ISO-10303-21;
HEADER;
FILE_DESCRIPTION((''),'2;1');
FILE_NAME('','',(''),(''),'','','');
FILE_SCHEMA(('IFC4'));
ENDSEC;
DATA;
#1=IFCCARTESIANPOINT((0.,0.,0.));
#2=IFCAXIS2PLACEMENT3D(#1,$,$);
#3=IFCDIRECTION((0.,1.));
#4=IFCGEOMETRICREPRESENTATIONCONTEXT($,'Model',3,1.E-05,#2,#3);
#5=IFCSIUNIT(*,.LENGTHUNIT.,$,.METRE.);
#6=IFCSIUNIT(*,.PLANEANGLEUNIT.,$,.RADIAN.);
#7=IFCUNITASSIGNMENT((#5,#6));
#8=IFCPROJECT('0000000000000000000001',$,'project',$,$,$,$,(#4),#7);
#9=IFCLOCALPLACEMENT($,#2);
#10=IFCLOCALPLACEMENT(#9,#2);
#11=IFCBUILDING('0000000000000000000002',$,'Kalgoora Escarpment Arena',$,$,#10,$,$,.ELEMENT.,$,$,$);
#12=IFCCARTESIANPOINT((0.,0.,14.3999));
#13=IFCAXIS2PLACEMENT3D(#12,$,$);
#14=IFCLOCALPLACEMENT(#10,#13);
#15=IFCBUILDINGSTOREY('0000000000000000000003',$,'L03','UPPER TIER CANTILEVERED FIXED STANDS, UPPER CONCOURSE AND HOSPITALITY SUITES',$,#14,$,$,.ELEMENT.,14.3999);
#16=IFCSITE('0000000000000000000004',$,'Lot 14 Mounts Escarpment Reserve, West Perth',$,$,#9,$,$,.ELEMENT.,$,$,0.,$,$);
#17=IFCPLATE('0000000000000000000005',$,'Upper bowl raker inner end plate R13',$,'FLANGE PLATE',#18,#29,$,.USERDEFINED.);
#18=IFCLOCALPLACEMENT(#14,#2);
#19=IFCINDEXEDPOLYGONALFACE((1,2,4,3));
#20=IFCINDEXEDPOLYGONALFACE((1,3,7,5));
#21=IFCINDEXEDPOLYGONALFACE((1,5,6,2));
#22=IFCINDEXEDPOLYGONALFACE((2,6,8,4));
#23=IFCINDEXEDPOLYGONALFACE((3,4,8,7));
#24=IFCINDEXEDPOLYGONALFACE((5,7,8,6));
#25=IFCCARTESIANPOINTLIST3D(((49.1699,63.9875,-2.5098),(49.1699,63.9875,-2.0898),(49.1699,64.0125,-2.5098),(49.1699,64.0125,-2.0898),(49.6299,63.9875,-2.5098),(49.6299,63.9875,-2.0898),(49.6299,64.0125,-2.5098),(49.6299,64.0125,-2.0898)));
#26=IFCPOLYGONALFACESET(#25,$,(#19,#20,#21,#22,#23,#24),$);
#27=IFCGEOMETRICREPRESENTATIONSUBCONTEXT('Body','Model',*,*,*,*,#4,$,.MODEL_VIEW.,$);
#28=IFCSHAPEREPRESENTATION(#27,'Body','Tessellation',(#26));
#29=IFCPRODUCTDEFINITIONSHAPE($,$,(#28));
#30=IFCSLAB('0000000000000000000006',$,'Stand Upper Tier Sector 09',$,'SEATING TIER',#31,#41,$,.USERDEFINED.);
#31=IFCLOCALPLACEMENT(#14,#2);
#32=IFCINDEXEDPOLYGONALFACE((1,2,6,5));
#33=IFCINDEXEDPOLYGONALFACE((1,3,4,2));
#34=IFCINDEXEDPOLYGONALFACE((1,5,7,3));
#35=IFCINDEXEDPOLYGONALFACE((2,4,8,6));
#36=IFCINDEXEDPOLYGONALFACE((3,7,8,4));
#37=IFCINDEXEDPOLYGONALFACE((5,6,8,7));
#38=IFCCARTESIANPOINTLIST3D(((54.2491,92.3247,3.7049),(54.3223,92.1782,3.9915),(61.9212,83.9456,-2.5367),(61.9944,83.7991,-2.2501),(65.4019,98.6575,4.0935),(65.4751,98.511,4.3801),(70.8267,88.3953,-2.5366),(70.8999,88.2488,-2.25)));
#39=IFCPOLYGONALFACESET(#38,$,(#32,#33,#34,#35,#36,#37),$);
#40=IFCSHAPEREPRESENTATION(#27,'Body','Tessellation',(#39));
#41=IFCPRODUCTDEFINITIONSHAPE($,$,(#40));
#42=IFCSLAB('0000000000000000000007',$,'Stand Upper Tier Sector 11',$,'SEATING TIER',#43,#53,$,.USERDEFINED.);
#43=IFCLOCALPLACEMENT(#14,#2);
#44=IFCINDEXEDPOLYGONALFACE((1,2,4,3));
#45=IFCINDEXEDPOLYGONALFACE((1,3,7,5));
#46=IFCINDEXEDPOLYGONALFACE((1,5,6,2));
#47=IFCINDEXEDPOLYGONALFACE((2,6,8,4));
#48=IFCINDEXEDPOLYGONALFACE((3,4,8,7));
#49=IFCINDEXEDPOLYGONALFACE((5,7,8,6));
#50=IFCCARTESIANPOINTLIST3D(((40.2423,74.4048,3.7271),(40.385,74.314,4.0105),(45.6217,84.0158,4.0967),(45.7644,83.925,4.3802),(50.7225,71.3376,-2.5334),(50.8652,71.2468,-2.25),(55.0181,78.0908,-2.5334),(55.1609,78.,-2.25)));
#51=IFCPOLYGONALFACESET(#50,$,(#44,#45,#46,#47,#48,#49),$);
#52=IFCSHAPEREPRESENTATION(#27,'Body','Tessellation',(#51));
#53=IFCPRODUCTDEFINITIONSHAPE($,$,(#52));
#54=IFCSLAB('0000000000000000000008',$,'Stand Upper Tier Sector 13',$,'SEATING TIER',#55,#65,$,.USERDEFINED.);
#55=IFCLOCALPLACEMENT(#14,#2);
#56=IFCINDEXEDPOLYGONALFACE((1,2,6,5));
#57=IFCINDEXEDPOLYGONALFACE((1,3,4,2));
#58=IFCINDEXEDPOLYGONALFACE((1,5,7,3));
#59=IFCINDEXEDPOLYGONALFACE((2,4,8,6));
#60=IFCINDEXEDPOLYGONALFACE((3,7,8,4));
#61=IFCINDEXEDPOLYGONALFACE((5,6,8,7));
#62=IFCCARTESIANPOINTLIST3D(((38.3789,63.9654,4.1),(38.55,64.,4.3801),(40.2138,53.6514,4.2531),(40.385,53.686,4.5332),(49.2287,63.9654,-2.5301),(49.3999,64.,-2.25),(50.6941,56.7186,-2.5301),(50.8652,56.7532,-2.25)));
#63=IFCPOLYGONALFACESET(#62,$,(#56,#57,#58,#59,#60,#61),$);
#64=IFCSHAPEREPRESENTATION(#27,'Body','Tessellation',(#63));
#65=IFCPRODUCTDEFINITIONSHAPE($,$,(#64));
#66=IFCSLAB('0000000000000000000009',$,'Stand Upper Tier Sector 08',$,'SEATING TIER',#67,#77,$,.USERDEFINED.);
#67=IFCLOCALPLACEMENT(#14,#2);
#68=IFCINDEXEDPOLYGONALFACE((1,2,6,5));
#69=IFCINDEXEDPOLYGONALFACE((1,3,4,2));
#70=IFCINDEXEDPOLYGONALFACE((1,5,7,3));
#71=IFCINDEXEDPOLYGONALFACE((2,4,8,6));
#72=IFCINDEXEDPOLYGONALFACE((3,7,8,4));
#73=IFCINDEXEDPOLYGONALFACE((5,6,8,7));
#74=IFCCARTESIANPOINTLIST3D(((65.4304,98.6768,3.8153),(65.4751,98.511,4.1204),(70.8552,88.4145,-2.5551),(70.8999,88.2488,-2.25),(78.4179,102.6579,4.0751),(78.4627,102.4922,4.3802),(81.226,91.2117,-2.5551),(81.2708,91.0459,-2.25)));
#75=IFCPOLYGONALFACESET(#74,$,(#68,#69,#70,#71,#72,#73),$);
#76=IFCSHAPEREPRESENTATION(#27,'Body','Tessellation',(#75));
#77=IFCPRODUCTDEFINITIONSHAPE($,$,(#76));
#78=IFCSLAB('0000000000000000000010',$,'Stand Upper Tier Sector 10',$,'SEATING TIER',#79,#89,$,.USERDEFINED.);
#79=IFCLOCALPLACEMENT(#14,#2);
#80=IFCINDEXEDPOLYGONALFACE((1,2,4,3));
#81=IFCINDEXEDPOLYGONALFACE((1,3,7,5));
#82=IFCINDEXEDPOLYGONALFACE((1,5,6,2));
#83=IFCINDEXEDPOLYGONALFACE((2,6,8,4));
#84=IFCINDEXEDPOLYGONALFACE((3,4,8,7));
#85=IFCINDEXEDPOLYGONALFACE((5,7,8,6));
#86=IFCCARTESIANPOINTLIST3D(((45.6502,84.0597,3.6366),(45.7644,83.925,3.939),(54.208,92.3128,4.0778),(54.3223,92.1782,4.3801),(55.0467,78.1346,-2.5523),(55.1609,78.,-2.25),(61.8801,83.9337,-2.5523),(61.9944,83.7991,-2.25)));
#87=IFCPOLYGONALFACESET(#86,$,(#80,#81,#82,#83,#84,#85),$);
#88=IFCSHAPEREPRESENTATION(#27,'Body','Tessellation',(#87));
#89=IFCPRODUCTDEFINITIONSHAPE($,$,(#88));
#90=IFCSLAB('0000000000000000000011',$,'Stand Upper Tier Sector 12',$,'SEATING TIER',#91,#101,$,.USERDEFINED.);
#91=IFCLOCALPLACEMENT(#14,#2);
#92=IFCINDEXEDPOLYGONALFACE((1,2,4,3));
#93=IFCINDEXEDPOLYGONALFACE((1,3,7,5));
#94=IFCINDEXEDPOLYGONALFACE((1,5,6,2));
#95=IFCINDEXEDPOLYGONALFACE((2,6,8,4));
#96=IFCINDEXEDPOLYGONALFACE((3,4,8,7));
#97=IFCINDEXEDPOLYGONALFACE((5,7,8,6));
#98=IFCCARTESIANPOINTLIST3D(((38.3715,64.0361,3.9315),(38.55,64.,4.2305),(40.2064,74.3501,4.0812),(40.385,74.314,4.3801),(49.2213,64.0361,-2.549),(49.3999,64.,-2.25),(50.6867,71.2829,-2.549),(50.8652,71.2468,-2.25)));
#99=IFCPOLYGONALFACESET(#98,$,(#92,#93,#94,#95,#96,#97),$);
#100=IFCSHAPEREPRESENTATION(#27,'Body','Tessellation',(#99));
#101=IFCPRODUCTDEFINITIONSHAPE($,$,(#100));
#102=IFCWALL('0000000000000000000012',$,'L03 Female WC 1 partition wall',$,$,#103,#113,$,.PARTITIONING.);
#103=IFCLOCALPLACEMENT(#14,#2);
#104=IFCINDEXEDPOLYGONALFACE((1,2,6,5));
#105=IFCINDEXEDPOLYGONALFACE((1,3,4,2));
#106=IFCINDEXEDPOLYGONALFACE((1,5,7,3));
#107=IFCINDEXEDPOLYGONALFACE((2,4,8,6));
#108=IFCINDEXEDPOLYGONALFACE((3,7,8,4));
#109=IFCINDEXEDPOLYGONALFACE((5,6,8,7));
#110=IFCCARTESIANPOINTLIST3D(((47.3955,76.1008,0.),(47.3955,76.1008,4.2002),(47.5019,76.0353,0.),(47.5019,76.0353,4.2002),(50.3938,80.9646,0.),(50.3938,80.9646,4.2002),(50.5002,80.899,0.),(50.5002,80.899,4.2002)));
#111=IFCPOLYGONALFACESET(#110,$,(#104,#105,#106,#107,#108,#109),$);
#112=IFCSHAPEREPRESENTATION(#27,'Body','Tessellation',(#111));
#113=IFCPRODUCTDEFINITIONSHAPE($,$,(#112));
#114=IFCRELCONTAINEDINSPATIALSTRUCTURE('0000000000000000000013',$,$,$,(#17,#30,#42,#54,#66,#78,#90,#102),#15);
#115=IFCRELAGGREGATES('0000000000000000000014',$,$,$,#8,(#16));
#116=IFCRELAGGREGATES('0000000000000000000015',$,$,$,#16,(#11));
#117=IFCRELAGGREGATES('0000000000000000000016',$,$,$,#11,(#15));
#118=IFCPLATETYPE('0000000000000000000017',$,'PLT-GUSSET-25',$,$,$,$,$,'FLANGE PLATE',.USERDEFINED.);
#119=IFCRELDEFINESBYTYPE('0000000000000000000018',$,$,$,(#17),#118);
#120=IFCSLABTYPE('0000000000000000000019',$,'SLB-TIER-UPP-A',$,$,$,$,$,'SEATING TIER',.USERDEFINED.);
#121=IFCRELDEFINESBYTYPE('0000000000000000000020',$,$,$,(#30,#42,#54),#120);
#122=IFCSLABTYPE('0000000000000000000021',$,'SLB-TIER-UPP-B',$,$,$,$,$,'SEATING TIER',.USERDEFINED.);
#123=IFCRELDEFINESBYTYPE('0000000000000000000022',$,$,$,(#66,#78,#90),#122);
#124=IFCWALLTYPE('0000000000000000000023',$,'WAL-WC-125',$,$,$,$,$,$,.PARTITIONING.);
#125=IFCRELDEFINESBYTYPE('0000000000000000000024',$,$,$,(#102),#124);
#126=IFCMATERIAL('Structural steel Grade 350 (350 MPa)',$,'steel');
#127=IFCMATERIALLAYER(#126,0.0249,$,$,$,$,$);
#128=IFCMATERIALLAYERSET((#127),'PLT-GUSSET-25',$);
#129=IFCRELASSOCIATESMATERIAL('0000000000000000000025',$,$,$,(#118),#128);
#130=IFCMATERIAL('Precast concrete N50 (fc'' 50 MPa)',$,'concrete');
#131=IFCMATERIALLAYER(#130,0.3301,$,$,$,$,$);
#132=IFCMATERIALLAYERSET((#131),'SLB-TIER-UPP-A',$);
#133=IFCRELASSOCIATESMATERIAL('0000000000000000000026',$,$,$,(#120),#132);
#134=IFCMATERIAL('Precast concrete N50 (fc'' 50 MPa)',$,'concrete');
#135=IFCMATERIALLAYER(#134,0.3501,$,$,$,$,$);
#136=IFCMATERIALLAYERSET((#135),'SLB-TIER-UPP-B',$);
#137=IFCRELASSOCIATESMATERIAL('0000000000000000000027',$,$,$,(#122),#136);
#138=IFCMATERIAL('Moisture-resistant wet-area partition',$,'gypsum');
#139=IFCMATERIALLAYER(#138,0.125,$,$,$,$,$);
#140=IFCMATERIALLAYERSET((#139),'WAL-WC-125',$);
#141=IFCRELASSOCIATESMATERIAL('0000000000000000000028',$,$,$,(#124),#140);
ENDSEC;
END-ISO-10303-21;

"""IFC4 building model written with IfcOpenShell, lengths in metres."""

from ifc_helpers import new_model, si_unit, direction, frame, frame_2d, origin, origin_2d, place, context, subcontext, project, spatial, polyline, rectangle, outline, extrude, material, layer, layer_set, type_object, element, save


model = new_model("IFC4")

# Units and contexts
model_context = context("Model", 3, precision=1e-05, world=origin(), true_north=direction((0.0, 1.0)))
body_context = subcontext(model_context, "Body", "Model", "MODEL_VIEW")
ifc_project = project(units=[si_unit("LENGTHUNIT", "METRE"), si_unit("PLANEANGLEUNIT", "RADIAN")], contexts=[model_context])

# Site, building, storey
site_placement = place(None, origin())
site = spatial("IfcSite", under=ifc_project, at=site_placement, Name="Lot 14 Mounts Escarpment Reserve, West Perth", CompositionType="ELEMENT", RefElevation=0.0)
building_placement = place(site_placement, origin())
building = spatial("IfcBuilding", under=site, at=building_placement, Name="Kalgoora Escarpment Arena", CompositionType="ELEMENT")
storey_placement = place(building_placement, frame((0.0, 0.0, 14.3999)))
storey = spatial("IfcBuildingStorey", under=building, at=storey_placement, Name="L03", Description="UPPER TIER CANTILEVERED FIXED STANDS, UPPER CONCOURSE AND HOSPITALITY SUITES", CompositionType="ELEMENT", Elevation=14.3999)

# Plate
ifc_material_1 = material(Name="Structural steel Grade 350 (350 MPa)", Category="steel")
ifc_layer_1 = layer(ifc_material_1, 0.0249)
ifc_layer_set_1 = layer_set([ifc_layer_1], Name="PLT-GUSSET-25")
plate_type = type_object("IfcPlateType", Name="PLT-GUSSET-25", ElementType="FLANGE PLATE", PredefinedType="USERDEFINED", material=ifc_layer_set_1)
for number, where, z_axis, x_axis, name in (
    (1, (49.3999, 64.0, -2.5098), (0.0, 0.0, 1.0), (-1.0, 0.0, 0.0), "Upper bowl raker inner end plate R13"),
):
    element("IfcPlate", number, at=place(storey_placement, frame(where, z_axis=z_axis, x_axis=x_axis)), inside=storey, type_object=plate_type, Name=name, ObjectType="FLANGE PLATE", PredefinedType="USERDEFINED", context=body_context, shape_type="SweptSolid", body=[
        extrude(rectangle(XDim=0.46, YDim=0.0249, at=origin_2d()), origin(), (0.0, 0.0, 1.0), 0.4199),
    ])

# Slabs
ifc_material_2 = material(Name="Precast concrete N50 (fc' 50 MPa)", Category="concrete")
ifc_layer_2 = layer(ifc_material_2, 0.3301)
ifc_layer_set_2 = layer_set([ifc_layer_2], Name="SLB-TIER-UPP-A")
slab_type_1 = type_object("IfcSlabType", Name="SLB-TIER-UPP-A", ElementType="SEATING TIER", PredefinedType="USERDEFINED", material=ifc_layer_set_2)
slab_1_placement = place(storey_placement, frame((70.8999, 88.2488, -2.25), z_axis=(0.221721, -0.443761, 0.868283), x_axis=(-0.894551, -0.446966, -0.000006)))
element("IfcSlab", 2, at=slab_1_placement, inside=storey, type_object=slab_type_1, Name="Stand Upper Tier Sector 09", ObjectType="SEATING TIER", PredefinedType="USERDEFINED", context=body_context, shape_type="SweptSolid", body=[
    extrude(outline(polyline([(0.0, 0.0), (9.9553, 0.0), (13.0732, -12.582), (0.2659, -13.3652), (0.0, 0.0)])), origin(), (0.0, 0.0, -1.0), 0.3301),
])
slab_2_placement = place(storey_placement, frame((55.1609, 78.0, -2.25), z_axis=(0.43244, -0.275067, 0.858681), x_axis=(-0.536712, -0.843766, 0.000004)))
element("IfcSlab", 3, at=slab_2_placement, inside=storey, type_object=slab_type_1, Name="Stand Upper Tier Sector 11", ObjectType="SEATING TIER", PredefinedType="USERDEFINED", context=body_context, shape_type="SweptSolid", body=[
    extrude(outline(polyline([(0.0, 0.0), (8.0036, 0.0), (11.0406, -12.2153), (0.0439, -12.9366), (0.0, 0.0)])), origin(), (0.0, 0.0, -1.0), 0.3301),
])
slab_3_placement = place(storey_placement, frame((49.3999, 64.0, -2.25), z_axis=(0.518556, 0.104852, 0.848591), x_axis=(0.198191, -0.980163, -0.000001)))
element("IfcSlab", 4, at=slab_3_placement, inside=storey, type_object=slab_type_1, Name="Stand Upper Tier Sector 13", ObjectType="SEATING TIER", PredefinedType="USERDEFINED", context=body_context, shape_type="SweptSolid", body=[
    extrude(outline(polyline([(0.0, 0.0), (7.3935, 0.0), (8.3227, -12.8215), (-2.1504, -12.5321), (0.0, 0.0)])), origin(), (0.0, 0.0, -1.0), 0.3301),
])
ifc_material_3 = material(Name="Precast concrete N50 (fc' 50 MPa)", Category="concrete")
ifc_layer_3 = layer(ifc_material_3, 0.3501)
ifc_layer_set_3 = layer_set([ifc_layer_3], Name="SLB-TIER-UPP-B")
slab_type_2 = type_object("IfcSlabType", Name="SLB-TIER-UPP-B", ElementType="SEATING TIER", PredefinedType="USERDEFINED", material=ifc_layer_set_3)
slab_4_placement = place(storey_placement, frame((81.2708, 91.0459, -2.25), z_axis=(0.127706, -0.473479, 0.871498), x_axis=(-0.965499, -0.260406, 0.000003)))
element("IfcSlab", 5, at=slab_4_placement, inside=storey, type_object=slab_type_2, Name="Stand Upper Tier Sector 08", ObjectType="SEATING TIER", PredefinedType="USERDEFINED", context=body_context, shape_type="SweptSolid", body=[
    extrude(outline(polyline([(0.0, 0.0), (10.7414, 0.0), (13.3068, -12.9901), (-0.2694, -13.5199), (0.0, 0.0)])), origin(), (0.0, 0.0, -1.0), 0.3501),
])
slab_5_placement = place(storey_placement, frame((61.9944, 83.7991, -2.25), z_axis=(0.326304, -0.384509, 0.863527), x_axis=(-0.762457, -0.647039, 0.0)))
element("IfcSlab", 6, at=slab_5_placement, inside=storey, type_object=slab_type_2, Name="Stand Upper Tier Sector 10", ObjectType="SEATING TIER", PredefinedType="USERDEFINED", context=body_context, shape_type="SweptSolid", body=[
    extrude(outline(polyline([(0.0, 0.0), (8.9625, 0.0), (12.2931, -12.2723), (0.428, -13.1471), (0.0, 0.0)])), origin(), (0.0, 0.0, -1.0), 0.3501),
])
slab_6_placement = place(storey_placement, frame((50.8652, 71.2468, -2.25), z_axis=(0.510047, -0.103133, 0.853941), x_axis=(-0.198192, -0.980163, 0.0)))
element("IfcSlab", 7, at=slab_6_placement, inside=storey, type_object=slab_type_2, Name="Stand Upper Tier Sector 12", ObjectType="SEATING TIER", PredefinedType="USERDEFINED", context=body_context, shape_type="SweptSolid", body=[
    extrude(outline(polyline([(0.0, 0.0), (7.3935, 0.0), (9.5438, -12.4536), (-0.9292, -12.7412), (0.0, 0.0)])), origin(), (0.0, 0.0, -1.0), 0.3501),
])

# Wall
ifc_material_4 = material(Name="Moisture-resistant wet-area partition", Category="gypsum")
ifc_layer_4 = layer(ifc_material_4, 0.125)
ifc_layer_set_4 = layer_set([ifc_layer_4], Name="WAL-WC-125")
wall_type = type_object("IfcWallType", Name="WAL-WC-125", PredefinedType="PARTITIONING", material=ifc_layer_set_4)
wall_placement = place(storey_placement, frame((50.447, 80.9319, 0.0), z_axis=(0.0, 0.0, 1.0), x_axis=(-0.524758, -0.851252, 0.0)))
element("IfcWall", 8, at=wall_placement, inside=storey, type_object=wall_type, Name="L03 Female WC 1 partition wall", PredefinedType="PARTITIONING", context=body_context, shape_type="SweptSolid", body=[
    extrude(rectangle(XDim=5.7136, YDim=0.125, at=frame_2d((2.8569, 0.0))), origin(), (0.0, 0.0, 1.0), 4.2002),
])

save(model, "model.ifc")
